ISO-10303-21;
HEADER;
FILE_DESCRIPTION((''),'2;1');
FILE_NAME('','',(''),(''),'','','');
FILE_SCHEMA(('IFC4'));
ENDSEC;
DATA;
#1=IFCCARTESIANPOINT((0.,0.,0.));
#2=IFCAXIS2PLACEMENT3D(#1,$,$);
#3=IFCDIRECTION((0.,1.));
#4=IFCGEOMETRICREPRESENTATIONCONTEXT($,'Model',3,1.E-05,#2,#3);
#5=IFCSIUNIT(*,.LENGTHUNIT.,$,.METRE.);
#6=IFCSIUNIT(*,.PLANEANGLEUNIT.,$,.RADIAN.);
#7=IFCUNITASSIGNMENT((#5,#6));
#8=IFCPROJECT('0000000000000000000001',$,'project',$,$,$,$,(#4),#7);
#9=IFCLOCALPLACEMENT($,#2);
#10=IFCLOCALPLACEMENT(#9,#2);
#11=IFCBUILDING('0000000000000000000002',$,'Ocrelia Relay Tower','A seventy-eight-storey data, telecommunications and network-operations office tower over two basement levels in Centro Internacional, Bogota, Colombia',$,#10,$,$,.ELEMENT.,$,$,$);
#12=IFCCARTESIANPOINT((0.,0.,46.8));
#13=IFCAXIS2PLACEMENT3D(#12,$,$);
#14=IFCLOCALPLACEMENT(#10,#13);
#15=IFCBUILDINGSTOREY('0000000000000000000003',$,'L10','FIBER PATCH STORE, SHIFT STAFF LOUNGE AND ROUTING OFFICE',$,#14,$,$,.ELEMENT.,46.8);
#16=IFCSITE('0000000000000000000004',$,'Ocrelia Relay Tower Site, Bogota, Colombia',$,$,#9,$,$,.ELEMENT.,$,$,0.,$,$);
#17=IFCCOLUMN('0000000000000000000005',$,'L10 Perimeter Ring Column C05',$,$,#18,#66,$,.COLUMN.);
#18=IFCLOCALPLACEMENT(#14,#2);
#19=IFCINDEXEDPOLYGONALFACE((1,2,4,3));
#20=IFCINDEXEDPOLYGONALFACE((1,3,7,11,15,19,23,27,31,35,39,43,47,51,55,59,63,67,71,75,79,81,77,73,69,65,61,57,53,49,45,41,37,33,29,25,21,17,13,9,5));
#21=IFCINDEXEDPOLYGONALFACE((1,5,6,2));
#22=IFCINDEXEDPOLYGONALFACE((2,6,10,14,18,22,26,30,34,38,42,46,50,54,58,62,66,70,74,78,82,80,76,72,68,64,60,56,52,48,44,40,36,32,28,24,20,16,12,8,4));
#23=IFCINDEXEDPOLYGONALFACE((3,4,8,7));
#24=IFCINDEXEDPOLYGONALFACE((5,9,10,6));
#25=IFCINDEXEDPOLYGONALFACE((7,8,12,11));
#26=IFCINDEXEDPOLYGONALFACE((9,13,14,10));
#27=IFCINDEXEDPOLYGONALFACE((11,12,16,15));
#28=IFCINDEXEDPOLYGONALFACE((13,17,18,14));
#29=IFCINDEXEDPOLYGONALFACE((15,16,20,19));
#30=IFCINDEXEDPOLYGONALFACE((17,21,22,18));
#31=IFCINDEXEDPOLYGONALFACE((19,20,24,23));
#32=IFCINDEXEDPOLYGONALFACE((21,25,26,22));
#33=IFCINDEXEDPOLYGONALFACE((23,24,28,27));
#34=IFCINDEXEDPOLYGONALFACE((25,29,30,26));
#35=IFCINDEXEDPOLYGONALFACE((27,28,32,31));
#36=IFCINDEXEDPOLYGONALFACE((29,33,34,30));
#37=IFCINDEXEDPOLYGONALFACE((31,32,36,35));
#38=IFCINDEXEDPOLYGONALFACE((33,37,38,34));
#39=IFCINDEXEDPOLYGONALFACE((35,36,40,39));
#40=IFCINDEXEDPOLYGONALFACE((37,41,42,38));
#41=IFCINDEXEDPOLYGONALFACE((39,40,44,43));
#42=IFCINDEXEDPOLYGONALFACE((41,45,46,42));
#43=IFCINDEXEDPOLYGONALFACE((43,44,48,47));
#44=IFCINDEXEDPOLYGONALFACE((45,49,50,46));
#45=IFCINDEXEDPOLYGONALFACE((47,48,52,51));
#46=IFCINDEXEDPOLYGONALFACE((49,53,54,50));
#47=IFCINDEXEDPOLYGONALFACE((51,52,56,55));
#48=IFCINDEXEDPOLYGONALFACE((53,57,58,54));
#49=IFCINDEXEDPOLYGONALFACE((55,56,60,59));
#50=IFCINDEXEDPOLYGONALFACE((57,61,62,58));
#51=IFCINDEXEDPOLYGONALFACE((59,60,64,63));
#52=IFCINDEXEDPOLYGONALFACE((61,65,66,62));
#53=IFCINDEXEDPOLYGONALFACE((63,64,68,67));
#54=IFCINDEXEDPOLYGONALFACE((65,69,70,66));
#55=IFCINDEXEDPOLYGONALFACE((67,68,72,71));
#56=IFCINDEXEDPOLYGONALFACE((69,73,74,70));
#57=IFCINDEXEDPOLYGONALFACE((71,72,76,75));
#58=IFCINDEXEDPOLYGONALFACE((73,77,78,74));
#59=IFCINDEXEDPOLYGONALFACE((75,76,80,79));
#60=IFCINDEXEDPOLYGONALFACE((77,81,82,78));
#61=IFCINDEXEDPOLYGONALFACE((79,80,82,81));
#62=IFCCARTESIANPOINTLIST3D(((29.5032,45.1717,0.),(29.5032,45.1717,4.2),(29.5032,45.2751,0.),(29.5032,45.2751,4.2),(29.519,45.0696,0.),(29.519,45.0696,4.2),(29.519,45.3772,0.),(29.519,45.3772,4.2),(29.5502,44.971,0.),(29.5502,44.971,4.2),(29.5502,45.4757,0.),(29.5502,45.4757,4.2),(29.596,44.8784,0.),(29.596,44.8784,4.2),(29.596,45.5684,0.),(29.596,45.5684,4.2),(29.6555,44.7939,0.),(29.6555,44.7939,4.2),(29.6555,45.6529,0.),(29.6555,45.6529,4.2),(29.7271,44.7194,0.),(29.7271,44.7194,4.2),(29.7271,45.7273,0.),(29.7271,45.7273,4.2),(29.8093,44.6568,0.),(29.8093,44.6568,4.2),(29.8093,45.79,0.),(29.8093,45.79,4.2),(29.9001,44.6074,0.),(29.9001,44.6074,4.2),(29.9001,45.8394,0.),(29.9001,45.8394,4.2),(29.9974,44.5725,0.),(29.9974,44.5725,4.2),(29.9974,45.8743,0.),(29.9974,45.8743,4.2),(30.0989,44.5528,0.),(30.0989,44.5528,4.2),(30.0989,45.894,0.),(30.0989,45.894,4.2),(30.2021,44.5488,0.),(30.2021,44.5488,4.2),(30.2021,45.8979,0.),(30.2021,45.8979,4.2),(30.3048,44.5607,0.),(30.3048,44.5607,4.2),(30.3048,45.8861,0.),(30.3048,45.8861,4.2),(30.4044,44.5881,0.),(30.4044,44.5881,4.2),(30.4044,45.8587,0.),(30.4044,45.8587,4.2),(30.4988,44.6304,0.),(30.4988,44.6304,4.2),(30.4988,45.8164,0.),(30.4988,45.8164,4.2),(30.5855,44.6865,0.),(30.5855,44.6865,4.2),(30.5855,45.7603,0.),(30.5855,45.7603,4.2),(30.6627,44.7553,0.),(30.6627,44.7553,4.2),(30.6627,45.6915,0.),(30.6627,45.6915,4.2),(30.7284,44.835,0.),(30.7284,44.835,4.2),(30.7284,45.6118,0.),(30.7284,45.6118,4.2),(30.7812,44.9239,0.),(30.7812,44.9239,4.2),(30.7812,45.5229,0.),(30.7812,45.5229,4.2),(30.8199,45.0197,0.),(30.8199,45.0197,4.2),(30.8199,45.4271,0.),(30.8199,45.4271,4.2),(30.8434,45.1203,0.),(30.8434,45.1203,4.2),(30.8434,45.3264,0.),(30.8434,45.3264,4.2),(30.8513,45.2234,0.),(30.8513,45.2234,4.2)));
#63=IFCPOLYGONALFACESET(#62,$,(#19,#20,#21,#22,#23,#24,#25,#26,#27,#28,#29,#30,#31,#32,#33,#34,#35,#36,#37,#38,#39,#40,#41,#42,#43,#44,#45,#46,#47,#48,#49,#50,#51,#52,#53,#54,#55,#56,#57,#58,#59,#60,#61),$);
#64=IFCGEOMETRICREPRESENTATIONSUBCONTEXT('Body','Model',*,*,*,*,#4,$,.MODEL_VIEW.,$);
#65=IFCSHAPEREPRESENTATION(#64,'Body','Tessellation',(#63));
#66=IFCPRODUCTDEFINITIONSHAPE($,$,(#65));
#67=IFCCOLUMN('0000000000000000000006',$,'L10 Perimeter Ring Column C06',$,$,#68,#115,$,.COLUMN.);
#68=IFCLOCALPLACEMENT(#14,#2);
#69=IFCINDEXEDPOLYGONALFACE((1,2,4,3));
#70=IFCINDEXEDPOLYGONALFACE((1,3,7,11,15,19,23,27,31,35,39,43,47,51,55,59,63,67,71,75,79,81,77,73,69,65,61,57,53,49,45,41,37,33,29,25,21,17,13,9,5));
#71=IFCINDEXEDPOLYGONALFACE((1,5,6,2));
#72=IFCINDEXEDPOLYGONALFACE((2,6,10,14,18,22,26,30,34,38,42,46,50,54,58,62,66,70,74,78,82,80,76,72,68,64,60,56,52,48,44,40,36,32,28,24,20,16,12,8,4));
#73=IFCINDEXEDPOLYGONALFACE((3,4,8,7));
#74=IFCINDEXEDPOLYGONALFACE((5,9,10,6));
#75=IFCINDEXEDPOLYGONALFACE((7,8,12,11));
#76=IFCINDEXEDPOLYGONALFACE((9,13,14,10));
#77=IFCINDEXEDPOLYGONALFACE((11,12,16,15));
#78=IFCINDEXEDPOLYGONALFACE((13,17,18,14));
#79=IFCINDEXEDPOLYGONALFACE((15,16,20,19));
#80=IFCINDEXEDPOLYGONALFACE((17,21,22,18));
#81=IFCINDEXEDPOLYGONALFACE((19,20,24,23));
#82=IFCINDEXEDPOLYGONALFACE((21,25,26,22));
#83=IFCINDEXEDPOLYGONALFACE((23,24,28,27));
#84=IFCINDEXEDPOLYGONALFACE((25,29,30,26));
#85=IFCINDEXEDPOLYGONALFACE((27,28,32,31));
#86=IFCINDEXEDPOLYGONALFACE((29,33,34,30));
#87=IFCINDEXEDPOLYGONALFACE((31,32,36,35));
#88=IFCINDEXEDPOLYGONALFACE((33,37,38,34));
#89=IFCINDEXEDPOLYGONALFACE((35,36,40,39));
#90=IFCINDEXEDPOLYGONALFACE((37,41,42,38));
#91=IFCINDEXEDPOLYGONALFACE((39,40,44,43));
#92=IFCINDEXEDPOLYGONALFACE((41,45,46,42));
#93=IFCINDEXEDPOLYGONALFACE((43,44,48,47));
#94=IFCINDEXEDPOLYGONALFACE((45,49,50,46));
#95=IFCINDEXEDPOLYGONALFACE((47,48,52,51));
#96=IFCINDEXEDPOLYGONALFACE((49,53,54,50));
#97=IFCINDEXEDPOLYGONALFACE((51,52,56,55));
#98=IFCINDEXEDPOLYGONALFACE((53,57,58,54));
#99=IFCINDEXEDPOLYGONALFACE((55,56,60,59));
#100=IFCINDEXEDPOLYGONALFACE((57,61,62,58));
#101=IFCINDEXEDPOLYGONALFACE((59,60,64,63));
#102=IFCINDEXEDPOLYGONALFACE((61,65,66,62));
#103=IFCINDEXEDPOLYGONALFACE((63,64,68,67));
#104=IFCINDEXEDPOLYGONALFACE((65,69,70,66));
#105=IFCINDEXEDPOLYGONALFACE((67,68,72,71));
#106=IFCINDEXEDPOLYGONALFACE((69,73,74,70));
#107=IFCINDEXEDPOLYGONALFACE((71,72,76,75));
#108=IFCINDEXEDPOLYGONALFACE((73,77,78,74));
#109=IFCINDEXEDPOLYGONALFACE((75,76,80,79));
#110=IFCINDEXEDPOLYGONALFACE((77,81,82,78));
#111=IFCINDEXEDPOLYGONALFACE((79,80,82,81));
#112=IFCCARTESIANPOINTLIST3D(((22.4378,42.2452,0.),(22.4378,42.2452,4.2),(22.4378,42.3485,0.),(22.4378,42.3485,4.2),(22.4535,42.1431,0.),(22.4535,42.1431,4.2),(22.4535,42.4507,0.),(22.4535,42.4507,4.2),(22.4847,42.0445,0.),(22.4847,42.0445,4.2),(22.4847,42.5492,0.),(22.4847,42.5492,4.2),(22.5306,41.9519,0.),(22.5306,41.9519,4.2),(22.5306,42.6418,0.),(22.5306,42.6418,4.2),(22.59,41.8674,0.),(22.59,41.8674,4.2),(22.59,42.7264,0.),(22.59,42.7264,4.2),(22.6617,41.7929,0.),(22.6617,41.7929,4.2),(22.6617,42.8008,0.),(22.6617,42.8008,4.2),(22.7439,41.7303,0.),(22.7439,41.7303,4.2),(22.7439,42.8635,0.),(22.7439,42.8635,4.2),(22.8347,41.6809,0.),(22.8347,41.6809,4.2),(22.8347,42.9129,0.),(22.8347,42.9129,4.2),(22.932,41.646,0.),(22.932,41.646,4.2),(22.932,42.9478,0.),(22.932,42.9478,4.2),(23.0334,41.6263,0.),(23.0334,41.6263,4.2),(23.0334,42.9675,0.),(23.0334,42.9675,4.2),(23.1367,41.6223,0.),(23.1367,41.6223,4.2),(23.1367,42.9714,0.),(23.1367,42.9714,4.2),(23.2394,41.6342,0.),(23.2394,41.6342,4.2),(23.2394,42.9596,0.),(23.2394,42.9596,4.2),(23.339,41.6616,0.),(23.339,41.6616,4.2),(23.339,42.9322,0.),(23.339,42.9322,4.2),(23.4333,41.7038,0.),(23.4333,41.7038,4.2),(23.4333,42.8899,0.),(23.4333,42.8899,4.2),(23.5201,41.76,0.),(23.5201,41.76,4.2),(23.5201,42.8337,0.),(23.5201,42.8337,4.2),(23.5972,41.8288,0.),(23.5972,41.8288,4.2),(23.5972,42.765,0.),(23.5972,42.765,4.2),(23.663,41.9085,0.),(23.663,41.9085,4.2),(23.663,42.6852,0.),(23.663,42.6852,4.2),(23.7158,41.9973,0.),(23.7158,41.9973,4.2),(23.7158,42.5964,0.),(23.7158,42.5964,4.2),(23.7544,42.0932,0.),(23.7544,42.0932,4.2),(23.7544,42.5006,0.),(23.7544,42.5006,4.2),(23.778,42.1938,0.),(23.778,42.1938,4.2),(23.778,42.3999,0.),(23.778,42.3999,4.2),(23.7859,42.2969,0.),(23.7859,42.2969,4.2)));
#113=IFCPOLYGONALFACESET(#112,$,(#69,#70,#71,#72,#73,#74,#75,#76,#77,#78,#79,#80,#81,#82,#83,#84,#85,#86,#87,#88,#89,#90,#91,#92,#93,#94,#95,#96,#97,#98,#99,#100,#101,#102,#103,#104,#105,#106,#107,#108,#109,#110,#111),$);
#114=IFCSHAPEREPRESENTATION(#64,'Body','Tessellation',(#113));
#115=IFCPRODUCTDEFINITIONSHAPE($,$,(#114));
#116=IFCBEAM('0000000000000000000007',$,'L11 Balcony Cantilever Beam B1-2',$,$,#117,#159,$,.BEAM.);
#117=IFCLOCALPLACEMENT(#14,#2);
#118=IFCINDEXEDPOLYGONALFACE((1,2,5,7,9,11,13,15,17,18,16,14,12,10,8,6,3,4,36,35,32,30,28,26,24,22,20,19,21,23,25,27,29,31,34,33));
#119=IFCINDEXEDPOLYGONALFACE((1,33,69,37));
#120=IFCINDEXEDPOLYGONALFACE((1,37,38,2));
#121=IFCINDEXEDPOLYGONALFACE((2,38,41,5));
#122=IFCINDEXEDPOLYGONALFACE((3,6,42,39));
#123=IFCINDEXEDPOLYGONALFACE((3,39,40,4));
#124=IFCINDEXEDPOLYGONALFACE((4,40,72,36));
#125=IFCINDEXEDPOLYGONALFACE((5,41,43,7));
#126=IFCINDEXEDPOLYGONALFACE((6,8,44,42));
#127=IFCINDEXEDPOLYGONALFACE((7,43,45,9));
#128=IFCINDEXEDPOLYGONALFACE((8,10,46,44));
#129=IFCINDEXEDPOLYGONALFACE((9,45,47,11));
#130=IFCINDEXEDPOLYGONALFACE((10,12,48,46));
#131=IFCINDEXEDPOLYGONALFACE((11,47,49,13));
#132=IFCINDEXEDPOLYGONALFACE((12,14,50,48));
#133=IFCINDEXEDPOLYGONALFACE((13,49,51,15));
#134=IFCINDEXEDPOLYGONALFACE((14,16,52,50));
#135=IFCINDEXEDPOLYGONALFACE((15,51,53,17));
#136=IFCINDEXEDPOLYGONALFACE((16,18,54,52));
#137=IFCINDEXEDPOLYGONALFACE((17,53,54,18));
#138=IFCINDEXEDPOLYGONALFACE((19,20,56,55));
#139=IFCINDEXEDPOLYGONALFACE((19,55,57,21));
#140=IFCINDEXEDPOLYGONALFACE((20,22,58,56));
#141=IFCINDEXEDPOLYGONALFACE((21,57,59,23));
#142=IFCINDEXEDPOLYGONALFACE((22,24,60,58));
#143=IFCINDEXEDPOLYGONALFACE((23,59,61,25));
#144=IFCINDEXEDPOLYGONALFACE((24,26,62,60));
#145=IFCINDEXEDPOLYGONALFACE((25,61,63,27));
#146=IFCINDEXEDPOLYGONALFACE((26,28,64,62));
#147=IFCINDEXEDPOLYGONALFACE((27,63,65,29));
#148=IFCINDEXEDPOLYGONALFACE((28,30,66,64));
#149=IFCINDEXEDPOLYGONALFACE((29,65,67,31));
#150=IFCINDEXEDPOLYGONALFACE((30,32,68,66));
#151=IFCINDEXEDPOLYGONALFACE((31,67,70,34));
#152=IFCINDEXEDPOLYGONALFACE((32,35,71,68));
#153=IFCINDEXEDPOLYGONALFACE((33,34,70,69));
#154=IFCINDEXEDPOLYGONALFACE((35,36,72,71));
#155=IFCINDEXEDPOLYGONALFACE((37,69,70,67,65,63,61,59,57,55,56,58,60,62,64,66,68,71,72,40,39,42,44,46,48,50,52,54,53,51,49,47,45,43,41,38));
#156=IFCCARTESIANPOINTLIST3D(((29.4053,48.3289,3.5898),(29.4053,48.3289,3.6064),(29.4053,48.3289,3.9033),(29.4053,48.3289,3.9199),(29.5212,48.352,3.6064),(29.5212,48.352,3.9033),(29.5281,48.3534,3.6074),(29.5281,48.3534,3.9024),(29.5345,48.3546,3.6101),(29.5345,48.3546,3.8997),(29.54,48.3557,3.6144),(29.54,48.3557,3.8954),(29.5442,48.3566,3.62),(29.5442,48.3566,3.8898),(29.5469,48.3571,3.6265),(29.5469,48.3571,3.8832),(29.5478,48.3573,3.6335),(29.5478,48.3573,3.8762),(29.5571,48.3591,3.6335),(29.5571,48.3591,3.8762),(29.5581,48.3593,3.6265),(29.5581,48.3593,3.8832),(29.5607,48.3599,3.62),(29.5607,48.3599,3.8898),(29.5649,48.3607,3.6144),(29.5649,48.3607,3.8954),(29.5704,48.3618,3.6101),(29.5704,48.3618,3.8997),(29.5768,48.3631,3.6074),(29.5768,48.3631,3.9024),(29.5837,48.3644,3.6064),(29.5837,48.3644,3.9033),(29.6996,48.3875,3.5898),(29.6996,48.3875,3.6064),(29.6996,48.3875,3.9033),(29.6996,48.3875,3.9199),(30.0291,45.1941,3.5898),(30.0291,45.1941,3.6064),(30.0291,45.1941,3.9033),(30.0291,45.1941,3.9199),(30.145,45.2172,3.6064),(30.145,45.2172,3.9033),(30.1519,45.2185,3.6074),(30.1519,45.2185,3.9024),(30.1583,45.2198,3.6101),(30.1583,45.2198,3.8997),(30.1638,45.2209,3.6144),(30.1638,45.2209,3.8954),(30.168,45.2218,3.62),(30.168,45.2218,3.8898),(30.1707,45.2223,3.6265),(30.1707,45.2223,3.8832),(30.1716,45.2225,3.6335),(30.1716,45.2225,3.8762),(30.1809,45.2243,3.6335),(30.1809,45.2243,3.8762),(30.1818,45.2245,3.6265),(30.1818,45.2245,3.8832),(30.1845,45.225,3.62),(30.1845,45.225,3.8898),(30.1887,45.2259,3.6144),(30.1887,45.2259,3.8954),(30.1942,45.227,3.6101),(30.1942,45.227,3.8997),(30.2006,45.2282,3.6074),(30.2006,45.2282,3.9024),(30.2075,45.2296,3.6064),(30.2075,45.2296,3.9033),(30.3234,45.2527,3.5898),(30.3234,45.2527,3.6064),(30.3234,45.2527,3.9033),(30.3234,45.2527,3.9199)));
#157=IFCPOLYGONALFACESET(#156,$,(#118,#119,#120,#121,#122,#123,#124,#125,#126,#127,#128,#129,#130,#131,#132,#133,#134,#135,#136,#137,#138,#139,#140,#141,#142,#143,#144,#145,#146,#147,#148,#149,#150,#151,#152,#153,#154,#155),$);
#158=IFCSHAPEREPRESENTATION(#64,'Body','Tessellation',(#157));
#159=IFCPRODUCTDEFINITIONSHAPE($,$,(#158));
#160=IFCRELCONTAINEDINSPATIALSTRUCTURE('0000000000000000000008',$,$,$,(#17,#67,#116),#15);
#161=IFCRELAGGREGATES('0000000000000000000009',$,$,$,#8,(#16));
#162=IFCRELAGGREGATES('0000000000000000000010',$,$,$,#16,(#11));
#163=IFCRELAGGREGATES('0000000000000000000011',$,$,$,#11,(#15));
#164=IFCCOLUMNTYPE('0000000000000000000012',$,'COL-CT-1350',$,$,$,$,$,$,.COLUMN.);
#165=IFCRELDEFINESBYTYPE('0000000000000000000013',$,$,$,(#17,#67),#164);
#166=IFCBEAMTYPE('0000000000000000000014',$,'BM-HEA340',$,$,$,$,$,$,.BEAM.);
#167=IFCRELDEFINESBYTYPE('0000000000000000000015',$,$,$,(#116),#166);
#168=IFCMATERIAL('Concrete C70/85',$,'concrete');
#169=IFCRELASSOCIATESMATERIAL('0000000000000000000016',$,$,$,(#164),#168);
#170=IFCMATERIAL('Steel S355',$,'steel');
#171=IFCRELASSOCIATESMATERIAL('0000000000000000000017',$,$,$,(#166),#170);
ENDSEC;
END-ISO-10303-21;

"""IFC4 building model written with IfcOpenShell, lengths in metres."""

from ifc_helpers import new_model, si_unit, direction, frame, origin, origin_2d, place, context, subcontext, project, spatial, circle, i_section, extrude, material, material_profile, profile_set, type_object, element, save


model = new_model("IFC4")

# Units and contexts
model_context = context("Model", 3, precision=1e-05, world=origin(), true_north=direction((0.0, 1.0)))
body_context = subcontext(model_context, "Body", "Model", "MODEL_VIEW")
ifc_project = project(units=[si_unit("LENGTHUNIT", "METRE"), si_unit("PLANEANGLEUNIT", "RADIAN")], contexts=[model_context])

# Site, building, storey
site_placement = place(None, origin())
site = spatial("IfcSite", under=ifc_project, at=site_placement, Name="Ocrelia Relay Tower Site, Bogota, Colombia", CompositionType="ELEMENT", RefElevation=0.0)
building_placement = place(site_placement, origin())
building = spatial("IfcBuilding", under=site, at=building_placement, Name="Ocrelia Relay Tower", Description="A seventy-eight-storey data, telecommunications and network-operations office tower over two basement levels in Centro Internacional, Bogota, Colombia", CompositionType="ELEMENT")
storey_placement = place(building_placement, frame((0.0, 0.0, 46.8)))
storey = spatial("IfcBuildingStorey", under=building, at=storey_placement, Name="L10", Description="FIBER PATCH STORE, SHIFT STAFF LOUNGE AND ROUTING OFFICE", CompositionType="ELEMENT", Elevation=46.8)

# Columns
ifc_material_1 = material(Name="Concrete C70/85", Category="concrete")
ifc_material_profile_1 = material_profile(ifc_material_1, circle(Radius=0.675, at=origin_2d()), Name="RC-CIR-1350")
ifc_profile_set_1 = profile_set([ifc_material_profile_1], Name="Concrete C70/85")
column_type = type_object("IfcColumnType", Name="COL-CT-1350", PredefinedType="COLUMN", material=ifc_profile_set_1)
for number, where, z_axis, x_axis, name in (
    (1, (30.1763, 45.2234, 0.0), (0.0, 0.0, 1.0), (1.0, 0.0, 0.0), "L10 Perimeter Ring Column C05"),
    (2, (23.1108, 42.2969, 0.0), (0.0, 0.0, 1.0), (1.0, 0.0, 0.0), "L10 Perimeter Ring Column C06"),
):
    element("IfcColumn", number, at=place(storey_placement, frame(where, z_axis=z_axis, x_axis=x_axis)), inside=storey, type_object=column_type, Name=name, PredefinedType="COLUMN", context=body_context, shape_type="SweptSolid", body=[
        extrude(circle(Radius=0.675, at=origin_2d()), origin(), (0.0, 0.0, 1.0), 4.2),
    ])

# Beam
ifc_material_2 = material(Name="Steel S355", Category="steel")
ifc_material_profile_2 = material_profile(ifc_material_2, i_section(OverallWidth=0.3, OverallDepth=0.3301, WebThickness=0.0095, FlangeThickness=0.0166, FilletRadius=0.0271, at=origin_2d()), Name="HEA 340")
ifc_profile_set_2 = profile_set([ifc_material_profile_2], Name="Steel S355")
beam_type_1 = type_object("IfcBeamType", Name="BM-HEA340", PredefinedType="BEAM", material=ifc_profile_set_2)
beam_1_placement = place(storey_placement, frame((30.1763, 45.2234, 3.7549), z_axis=(-0.195161, 0.980771, 0.0), x_axis=(-0.980771, -0.195161, 0.0)))
element("IfcBeam", 3, at=beam_1_placement, inside=storey, type_object=beam_type_1, Name="L11 Balcony Cantilever Beam B1-2", PredefinedType="BEAM", context=body_context, shape_type="SweptSolid", body=[
    extrude(i_section(OverallWidth=0.3, OverallDepth=0.3301, WebThickness=0.0095, FlangeThickness=0.0166, FilletRadius=0.0271, at=origin_2d()), origin(), (0.0, 0.0, 1.0), 3.1963),
])

save(model, "model.ifc")
